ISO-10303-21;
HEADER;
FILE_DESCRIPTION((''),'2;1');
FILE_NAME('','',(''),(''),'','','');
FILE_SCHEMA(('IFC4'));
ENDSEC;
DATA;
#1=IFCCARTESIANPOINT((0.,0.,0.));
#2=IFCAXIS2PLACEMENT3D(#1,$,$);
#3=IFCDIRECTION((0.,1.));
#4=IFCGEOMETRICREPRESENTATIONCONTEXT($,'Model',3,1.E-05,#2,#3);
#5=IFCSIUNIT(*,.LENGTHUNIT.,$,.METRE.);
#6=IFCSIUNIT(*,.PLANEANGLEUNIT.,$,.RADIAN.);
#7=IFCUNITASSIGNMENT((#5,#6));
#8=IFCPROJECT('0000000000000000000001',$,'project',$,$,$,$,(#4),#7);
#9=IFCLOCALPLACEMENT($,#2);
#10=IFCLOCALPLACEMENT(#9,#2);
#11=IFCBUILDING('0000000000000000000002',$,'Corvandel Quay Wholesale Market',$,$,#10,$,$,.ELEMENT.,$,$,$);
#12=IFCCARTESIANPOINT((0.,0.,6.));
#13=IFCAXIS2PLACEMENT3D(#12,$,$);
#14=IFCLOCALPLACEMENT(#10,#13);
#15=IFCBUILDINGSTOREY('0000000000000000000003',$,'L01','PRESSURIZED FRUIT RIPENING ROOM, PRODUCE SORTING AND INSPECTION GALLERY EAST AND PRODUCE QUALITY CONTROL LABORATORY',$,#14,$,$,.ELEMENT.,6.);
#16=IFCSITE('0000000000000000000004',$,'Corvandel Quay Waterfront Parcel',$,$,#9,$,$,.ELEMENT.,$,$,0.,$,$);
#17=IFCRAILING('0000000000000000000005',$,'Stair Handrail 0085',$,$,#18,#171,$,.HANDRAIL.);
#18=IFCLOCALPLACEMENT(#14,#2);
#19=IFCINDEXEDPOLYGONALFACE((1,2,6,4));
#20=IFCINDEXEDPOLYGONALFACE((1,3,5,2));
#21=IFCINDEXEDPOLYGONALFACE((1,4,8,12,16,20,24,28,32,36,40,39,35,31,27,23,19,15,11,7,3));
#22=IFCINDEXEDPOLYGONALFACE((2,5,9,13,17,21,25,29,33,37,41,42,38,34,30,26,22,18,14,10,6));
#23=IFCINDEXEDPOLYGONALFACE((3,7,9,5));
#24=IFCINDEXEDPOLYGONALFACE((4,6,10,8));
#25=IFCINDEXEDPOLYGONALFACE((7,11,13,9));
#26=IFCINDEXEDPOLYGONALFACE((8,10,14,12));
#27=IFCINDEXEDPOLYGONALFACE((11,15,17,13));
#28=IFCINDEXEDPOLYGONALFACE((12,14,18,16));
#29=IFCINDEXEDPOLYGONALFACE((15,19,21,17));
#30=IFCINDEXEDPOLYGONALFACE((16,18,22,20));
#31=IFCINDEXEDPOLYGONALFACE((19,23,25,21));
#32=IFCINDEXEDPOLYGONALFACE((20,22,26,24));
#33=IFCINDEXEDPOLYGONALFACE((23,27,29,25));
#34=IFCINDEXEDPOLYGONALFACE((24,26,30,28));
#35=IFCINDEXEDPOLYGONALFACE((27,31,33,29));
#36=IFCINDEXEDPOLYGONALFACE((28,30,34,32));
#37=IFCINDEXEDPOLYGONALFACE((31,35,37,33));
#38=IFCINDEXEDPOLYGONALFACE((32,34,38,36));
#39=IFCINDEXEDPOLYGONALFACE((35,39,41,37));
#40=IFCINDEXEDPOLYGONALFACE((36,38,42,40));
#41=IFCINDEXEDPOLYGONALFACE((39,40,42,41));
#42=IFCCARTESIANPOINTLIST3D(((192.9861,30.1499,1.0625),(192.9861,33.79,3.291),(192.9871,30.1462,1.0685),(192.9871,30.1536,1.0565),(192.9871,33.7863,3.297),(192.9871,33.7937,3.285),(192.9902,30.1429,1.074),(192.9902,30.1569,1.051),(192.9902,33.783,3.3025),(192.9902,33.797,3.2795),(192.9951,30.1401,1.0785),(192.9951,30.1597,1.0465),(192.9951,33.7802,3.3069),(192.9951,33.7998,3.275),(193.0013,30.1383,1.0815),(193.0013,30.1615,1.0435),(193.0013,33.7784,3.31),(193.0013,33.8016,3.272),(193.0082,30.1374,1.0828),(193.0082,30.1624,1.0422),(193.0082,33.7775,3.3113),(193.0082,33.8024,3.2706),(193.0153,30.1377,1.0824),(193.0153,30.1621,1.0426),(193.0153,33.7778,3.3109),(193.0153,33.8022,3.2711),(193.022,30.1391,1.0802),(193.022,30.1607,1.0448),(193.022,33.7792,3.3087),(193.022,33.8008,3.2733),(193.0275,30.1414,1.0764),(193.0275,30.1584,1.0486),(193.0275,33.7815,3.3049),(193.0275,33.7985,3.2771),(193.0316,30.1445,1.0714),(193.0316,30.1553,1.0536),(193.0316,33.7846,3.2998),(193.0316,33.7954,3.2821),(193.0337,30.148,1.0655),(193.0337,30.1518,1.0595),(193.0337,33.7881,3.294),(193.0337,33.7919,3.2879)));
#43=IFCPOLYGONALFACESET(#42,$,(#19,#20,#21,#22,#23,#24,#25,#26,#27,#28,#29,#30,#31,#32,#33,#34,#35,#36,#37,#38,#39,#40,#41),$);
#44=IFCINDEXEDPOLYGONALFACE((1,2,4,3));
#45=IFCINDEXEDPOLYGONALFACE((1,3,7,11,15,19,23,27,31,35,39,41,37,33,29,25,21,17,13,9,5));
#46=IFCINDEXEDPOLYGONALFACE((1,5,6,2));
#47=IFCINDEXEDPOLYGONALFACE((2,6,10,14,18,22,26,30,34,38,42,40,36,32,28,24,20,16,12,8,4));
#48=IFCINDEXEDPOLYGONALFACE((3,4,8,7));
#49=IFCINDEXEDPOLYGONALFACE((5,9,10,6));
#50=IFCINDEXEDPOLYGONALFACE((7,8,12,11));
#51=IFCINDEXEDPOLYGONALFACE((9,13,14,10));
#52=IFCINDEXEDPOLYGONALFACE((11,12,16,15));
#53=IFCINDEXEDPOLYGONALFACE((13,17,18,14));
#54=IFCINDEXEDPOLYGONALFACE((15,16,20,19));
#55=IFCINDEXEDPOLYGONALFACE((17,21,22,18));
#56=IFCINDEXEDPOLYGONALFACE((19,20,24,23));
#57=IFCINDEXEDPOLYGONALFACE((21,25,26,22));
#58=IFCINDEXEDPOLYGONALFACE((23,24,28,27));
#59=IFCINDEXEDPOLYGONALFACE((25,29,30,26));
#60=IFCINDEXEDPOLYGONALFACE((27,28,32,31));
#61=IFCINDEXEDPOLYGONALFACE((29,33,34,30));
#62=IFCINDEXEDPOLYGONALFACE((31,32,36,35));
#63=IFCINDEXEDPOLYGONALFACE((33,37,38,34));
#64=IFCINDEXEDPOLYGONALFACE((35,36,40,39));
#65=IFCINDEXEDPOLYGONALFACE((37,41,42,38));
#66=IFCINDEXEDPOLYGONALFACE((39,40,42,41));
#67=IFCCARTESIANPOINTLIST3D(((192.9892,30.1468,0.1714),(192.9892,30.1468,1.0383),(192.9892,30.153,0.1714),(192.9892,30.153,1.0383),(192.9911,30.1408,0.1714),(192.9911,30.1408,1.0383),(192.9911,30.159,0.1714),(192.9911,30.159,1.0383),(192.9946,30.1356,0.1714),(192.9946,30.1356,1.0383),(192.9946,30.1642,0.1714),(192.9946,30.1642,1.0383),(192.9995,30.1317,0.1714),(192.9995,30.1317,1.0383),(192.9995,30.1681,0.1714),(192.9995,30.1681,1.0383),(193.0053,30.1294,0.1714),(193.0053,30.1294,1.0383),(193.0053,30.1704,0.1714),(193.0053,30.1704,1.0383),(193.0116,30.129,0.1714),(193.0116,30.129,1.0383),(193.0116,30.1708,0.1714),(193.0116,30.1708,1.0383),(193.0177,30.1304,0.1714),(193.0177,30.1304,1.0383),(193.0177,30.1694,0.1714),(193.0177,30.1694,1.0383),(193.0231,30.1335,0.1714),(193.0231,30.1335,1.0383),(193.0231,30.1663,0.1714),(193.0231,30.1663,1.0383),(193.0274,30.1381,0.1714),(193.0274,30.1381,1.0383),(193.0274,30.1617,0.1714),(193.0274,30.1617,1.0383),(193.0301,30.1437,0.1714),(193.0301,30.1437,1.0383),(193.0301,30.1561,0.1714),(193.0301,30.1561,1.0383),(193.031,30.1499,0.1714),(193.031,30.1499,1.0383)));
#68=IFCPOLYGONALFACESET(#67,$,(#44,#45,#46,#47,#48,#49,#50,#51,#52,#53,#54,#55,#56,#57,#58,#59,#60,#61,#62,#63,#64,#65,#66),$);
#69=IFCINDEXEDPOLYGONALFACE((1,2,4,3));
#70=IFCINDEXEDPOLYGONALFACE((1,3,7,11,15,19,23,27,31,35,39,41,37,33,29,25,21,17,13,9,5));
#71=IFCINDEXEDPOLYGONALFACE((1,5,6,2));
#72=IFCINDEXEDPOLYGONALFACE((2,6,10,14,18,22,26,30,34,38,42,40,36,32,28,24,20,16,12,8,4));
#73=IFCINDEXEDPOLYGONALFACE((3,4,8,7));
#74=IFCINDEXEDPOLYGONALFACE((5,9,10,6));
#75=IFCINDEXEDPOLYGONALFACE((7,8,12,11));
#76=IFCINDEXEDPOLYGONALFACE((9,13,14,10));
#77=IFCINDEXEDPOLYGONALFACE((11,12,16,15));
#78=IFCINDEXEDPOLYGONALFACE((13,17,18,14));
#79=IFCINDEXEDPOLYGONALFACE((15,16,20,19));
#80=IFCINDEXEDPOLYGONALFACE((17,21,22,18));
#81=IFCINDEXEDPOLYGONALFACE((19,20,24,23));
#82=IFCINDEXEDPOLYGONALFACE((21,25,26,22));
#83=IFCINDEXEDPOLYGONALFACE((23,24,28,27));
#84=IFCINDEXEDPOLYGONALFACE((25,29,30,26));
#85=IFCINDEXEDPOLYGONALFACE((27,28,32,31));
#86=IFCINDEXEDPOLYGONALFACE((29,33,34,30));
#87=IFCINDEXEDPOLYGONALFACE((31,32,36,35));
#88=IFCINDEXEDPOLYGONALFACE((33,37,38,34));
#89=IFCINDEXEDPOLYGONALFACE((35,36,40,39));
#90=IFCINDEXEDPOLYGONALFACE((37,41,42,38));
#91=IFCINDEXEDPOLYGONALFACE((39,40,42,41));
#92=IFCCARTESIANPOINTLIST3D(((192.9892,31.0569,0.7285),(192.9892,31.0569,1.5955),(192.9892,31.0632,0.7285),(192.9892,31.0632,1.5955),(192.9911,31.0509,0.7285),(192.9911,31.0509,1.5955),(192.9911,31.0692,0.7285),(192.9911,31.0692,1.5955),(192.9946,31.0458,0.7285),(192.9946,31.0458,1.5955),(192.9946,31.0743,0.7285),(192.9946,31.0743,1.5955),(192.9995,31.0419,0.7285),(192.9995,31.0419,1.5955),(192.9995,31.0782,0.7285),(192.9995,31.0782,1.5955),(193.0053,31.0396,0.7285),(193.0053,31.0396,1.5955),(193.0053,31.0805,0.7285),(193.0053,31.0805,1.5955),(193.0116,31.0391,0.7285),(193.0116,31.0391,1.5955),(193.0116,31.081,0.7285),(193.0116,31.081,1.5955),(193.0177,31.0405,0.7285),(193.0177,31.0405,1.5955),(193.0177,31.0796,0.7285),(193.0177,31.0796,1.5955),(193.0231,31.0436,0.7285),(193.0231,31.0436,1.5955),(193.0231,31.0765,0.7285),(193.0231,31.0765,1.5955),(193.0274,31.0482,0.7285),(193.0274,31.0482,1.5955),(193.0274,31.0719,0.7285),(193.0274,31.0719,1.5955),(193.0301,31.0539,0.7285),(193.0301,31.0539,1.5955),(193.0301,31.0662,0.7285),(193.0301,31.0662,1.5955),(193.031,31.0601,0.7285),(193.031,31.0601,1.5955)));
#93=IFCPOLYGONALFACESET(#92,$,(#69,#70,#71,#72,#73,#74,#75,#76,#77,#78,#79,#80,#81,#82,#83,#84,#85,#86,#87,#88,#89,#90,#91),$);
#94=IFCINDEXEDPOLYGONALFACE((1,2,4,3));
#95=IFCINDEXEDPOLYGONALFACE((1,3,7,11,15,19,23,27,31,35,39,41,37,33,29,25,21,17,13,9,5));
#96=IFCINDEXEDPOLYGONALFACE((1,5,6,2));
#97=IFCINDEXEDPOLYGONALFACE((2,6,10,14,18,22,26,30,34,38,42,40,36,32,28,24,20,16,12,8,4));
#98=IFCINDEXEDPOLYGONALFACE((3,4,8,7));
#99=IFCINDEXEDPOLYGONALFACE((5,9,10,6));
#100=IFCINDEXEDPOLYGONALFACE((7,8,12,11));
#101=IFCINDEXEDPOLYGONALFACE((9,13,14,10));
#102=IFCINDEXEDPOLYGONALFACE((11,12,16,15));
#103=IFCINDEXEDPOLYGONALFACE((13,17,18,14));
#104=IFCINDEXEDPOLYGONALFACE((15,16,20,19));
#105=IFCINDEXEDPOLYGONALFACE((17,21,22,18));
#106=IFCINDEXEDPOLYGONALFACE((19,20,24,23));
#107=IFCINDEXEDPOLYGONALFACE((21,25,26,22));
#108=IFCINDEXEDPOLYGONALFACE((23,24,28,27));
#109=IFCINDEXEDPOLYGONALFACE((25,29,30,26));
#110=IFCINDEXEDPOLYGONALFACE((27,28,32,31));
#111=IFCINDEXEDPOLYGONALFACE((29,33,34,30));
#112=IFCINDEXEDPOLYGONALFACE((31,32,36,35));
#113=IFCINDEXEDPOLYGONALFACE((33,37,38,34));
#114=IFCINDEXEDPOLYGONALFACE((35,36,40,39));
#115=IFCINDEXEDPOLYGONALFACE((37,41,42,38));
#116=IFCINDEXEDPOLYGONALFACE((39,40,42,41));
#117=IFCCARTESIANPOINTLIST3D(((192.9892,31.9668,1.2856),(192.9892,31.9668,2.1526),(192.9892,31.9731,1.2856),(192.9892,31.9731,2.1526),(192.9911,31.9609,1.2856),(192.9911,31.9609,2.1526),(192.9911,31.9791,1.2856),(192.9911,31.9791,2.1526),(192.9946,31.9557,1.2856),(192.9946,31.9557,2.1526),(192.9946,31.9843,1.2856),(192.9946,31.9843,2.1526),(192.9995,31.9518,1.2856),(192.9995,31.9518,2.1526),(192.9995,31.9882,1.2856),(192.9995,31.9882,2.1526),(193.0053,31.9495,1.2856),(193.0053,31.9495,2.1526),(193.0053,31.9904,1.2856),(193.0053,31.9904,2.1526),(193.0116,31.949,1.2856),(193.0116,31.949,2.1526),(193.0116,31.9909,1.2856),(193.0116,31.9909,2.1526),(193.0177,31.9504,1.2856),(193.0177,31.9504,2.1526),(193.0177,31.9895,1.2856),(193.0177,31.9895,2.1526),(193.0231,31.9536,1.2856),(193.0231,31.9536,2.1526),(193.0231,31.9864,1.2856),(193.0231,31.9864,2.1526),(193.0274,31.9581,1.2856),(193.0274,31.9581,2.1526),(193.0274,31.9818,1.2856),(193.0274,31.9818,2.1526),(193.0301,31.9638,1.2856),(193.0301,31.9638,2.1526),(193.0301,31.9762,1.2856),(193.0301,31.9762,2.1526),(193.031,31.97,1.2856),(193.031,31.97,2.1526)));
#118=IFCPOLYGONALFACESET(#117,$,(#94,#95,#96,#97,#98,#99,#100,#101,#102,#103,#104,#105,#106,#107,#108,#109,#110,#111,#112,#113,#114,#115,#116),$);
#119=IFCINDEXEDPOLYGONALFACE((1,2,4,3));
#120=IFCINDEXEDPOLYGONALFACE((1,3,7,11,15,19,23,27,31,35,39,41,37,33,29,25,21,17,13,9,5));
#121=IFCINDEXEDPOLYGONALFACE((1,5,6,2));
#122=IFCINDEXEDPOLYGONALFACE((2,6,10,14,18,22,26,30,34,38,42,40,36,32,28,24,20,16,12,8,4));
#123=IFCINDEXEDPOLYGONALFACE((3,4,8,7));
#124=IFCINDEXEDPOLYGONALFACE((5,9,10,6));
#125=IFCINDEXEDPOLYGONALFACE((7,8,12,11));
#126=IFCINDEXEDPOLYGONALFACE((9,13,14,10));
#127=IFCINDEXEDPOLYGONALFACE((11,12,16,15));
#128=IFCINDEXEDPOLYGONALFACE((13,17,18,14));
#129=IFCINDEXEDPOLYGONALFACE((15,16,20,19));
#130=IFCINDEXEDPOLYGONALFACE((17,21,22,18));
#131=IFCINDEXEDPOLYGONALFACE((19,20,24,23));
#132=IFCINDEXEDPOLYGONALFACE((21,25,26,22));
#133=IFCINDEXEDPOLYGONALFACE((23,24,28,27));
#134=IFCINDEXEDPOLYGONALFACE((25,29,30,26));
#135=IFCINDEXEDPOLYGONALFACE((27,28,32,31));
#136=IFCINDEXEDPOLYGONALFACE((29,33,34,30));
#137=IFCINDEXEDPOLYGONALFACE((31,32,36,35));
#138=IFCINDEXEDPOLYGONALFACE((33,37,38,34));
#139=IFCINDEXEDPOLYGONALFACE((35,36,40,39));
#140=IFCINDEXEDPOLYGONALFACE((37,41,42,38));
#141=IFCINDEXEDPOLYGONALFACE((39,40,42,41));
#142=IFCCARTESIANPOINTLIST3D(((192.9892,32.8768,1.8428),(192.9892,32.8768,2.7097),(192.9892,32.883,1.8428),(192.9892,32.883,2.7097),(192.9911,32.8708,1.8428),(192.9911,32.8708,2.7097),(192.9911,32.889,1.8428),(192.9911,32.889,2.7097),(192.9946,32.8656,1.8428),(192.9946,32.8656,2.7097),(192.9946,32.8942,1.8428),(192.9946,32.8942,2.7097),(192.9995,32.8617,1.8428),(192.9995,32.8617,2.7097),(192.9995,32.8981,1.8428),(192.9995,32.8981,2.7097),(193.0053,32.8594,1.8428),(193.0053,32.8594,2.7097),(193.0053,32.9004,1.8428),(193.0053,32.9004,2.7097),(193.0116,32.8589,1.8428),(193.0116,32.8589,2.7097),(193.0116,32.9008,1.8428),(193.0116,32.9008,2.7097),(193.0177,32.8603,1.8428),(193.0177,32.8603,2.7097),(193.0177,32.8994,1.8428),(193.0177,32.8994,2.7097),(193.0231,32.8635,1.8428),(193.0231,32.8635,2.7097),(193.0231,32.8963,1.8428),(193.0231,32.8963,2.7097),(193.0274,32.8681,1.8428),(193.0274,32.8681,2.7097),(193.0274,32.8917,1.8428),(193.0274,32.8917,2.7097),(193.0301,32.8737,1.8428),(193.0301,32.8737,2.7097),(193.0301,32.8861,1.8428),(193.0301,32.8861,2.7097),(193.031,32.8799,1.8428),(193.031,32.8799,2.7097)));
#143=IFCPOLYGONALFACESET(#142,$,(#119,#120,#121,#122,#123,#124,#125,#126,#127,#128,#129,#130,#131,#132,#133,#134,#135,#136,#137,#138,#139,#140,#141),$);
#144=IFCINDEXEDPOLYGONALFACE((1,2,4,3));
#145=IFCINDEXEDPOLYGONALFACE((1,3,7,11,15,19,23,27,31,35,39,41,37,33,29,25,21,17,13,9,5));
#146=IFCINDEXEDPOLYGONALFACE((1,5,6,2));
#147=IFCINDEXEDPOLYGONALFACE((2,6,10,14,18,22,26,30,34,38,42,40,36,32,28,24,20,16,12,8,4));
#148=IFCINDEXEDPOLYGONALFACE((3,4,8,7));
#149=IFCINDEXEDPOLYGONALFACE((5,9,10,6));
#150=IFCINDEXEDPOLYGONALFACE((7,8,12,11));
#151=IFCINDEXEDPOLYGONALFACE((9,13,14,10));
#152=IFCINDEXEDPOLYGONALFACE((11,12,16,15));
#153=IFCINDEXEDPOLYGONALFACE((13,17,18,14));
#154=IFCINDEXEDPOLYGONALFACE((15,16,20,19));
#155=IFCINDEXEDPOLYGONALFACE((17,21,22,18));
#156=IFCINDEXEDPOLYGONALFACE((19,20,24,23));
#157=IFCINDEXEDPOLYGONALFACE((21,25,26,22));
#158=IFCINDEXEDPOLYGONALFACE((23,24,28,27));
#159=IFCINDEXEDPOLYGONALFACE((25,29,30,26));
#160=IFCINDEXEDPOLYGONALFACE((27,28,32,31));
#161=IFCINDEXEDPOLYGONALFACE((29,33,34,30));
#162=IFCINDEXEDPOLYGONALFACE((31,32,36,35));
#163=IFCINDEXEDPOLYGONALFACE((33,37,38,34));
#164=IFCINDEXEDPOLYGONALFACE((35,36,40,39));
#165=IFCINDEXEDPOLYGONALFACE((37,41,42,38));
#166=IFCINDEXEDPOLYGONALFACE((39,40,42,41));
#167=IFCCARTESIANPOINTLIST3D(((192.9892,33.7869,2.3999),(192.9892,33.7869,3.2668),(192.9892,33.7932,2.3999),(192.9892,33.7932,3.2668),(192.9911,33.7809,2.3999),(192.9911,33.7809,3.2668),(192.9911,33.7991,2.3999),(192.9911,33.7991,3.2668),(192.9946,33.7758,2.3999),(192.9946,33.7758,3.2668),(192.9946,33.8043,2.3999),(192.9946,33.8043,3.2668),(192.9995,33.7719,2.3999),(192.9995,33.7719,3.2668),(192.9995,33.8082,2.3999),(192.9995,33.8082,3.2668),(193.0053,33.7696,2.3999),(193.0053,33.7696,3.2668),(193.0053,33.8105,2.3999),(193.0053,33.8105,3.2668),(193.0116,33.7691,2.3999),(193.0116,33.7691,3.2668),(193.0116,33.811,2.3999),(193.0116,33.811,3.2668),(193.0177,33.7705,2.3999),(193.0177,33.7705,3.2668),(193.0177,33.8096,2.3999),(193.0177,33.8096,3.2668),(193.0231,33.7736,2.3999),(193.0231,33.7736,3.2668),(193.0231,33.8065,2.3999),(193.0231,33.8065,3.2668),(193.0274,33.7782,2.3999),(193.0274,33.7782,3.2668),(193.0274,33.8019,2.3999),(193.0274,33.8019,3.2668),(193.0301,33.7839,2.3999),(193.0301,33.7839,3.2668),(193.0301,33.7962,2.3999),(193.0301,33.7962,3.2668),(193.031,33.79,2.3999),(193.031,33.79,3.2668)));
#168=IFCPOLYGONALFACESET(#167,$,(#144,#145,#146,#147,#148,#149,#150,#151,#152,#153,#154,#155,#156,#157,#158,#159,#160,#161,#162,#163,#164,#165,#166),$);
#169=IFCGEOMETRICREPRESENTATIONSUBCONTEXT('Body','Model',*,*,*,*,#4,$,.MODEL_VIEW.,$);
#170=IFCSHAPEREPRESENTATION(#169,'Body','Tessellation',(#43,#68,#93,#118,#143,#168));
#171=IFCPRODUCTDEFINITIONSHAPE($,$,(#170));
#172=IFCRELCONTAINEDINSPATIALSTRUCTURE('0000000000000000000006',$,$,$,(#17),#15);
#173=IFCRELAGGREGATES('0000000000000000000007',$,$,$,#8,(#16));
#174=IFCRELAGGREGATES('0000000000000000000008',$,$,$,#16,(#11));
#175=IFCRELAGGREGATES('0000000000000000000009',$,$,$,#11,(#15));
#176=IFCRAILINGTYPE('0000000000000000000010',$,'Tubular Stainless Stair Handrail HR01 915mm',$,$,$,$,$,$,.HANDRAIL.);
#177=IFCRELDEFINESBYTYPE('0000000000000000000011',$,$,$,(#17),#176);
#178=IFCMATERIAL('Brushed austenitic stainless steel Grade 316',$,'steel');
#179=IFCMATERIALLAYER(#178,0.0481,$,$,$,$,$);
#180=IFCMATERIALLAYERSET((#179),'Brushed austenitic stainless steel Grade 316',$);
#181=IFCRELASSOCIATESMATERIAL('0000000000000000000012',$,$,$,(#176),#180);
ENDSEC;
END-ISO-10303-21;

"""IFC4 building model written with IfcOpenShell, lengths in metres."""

from ifc_helpers import new_model, si_unit, direction, frame, origin, origin_2d, place, context, subcontext, project, spatial, circle, extrude, material, layer, layer_set, type_object, element, save


model = new_model("IFC4")

# Units and contexts
model_context = context("Model", 3, precision=1e-05, world=origin(), true_north=direction((0.0, 1.0)))
body_context = subcontext(model_context, "Body", "Model", "MODEL_VIEW")
ifc_project = project(units=[si_unit("LENGTHUNIT", "METRE"), si_unit("PLANEANGLEUNIT", "RADIAN")], contexts=[model_context])

# Site, building, storey
site_placement = place(None, origin())
site = spatial("IfcSite", under=ifc_project, at=site_placement, Name="Corvandel Quay Waterfront Parcel", CompositionType="ELEMENT", RefElevation=0.0)
building_placement = place(site_placement, origin())
building = spatial("IfcBuilding", under=site, at=building_placement, Name="Corvandel Quay Wholesale Market", CompositionType="ELEMENT")
storey_placement = place(building_placement, frame((0.0, 0.0, 6.0)))
storey = spatial("IfcBuildingStorey", under=building, at=storey_placement, Name="L01", Description="PRESSURIZED FRUIT RIPENING ROOM, PRODUCE SORTING AND INSPECTION GALLERY EAST AND PRODUCE QUALITY CONTROL LABORATORY", CompositionType="ELEMENT", Elevation=6.0)

# Railing
ifc_material_1 = material(Name="Brushed austenitic stainless steel Grade 316", Category="steel")
ifc_layer_1 = layer(ifc_material_1, 0.0481)
ifc_layer_set_1 = layer_set([ifc_layer_1], Name="Brushed austenitic stainless steel Grade 316")
railing_type = type_object("IfcRailingType", Name="Tubular Stainless Stair Handrail HR01 915mm", PredefinedType="HANDRAIL", material=ifc_layer_set_1)
for number, where, name in (
    (1, (193.01, 30.1499, 0.1714), "Stair Handrail 0085"),
):
    element("IfcRailing", number, at=place(storey_placement, frame(where)), inside=storey, type_object=railing_type, Name=name, PredefinedType="HANDRAIL", context=body_context, shape_type="SweptSolid", body=[
        extrude(circle(Radius=0.0239, at=origin_2d()), frame((0.0, 0.0, 0.8911), z_axis=(0.0, 0.852866, 0.52213), x_axis=(-1.0, 0.0, 0.0)), (0.0, 0.0, 1.0), 4.2681),
        extrude(circle(Radius=0.021, at=origin_2d()), origin(), (0.0, 0.0, 1.0), 0.8669),
        extrude(circle(Radius=0.021, at=origin_2d()), frame((0.0, 0.9102, 0.5571)), (0.0, 0.0, 1.0), 0.8669),
        extrude(circle(Radius=0.021, at=origin_2d()), frame((0.0, 1.8201, 1.1143)), (0.0, 0.0, 1.0), 0.8669),
        extrude(circle(Radius=0.021, at=origin_2d()), frame((0.0, 2.73, 1.6714)), (0.0, 0.0, 1.0), 0.8669),
        extrude(circle(Radius=0.021, at=origin_2d()), frame((0.0, 3.6401, 2.2285)), (0.0, 0.0, 1.0), 0.8669),
    ])

save(model, "model.ifc")
